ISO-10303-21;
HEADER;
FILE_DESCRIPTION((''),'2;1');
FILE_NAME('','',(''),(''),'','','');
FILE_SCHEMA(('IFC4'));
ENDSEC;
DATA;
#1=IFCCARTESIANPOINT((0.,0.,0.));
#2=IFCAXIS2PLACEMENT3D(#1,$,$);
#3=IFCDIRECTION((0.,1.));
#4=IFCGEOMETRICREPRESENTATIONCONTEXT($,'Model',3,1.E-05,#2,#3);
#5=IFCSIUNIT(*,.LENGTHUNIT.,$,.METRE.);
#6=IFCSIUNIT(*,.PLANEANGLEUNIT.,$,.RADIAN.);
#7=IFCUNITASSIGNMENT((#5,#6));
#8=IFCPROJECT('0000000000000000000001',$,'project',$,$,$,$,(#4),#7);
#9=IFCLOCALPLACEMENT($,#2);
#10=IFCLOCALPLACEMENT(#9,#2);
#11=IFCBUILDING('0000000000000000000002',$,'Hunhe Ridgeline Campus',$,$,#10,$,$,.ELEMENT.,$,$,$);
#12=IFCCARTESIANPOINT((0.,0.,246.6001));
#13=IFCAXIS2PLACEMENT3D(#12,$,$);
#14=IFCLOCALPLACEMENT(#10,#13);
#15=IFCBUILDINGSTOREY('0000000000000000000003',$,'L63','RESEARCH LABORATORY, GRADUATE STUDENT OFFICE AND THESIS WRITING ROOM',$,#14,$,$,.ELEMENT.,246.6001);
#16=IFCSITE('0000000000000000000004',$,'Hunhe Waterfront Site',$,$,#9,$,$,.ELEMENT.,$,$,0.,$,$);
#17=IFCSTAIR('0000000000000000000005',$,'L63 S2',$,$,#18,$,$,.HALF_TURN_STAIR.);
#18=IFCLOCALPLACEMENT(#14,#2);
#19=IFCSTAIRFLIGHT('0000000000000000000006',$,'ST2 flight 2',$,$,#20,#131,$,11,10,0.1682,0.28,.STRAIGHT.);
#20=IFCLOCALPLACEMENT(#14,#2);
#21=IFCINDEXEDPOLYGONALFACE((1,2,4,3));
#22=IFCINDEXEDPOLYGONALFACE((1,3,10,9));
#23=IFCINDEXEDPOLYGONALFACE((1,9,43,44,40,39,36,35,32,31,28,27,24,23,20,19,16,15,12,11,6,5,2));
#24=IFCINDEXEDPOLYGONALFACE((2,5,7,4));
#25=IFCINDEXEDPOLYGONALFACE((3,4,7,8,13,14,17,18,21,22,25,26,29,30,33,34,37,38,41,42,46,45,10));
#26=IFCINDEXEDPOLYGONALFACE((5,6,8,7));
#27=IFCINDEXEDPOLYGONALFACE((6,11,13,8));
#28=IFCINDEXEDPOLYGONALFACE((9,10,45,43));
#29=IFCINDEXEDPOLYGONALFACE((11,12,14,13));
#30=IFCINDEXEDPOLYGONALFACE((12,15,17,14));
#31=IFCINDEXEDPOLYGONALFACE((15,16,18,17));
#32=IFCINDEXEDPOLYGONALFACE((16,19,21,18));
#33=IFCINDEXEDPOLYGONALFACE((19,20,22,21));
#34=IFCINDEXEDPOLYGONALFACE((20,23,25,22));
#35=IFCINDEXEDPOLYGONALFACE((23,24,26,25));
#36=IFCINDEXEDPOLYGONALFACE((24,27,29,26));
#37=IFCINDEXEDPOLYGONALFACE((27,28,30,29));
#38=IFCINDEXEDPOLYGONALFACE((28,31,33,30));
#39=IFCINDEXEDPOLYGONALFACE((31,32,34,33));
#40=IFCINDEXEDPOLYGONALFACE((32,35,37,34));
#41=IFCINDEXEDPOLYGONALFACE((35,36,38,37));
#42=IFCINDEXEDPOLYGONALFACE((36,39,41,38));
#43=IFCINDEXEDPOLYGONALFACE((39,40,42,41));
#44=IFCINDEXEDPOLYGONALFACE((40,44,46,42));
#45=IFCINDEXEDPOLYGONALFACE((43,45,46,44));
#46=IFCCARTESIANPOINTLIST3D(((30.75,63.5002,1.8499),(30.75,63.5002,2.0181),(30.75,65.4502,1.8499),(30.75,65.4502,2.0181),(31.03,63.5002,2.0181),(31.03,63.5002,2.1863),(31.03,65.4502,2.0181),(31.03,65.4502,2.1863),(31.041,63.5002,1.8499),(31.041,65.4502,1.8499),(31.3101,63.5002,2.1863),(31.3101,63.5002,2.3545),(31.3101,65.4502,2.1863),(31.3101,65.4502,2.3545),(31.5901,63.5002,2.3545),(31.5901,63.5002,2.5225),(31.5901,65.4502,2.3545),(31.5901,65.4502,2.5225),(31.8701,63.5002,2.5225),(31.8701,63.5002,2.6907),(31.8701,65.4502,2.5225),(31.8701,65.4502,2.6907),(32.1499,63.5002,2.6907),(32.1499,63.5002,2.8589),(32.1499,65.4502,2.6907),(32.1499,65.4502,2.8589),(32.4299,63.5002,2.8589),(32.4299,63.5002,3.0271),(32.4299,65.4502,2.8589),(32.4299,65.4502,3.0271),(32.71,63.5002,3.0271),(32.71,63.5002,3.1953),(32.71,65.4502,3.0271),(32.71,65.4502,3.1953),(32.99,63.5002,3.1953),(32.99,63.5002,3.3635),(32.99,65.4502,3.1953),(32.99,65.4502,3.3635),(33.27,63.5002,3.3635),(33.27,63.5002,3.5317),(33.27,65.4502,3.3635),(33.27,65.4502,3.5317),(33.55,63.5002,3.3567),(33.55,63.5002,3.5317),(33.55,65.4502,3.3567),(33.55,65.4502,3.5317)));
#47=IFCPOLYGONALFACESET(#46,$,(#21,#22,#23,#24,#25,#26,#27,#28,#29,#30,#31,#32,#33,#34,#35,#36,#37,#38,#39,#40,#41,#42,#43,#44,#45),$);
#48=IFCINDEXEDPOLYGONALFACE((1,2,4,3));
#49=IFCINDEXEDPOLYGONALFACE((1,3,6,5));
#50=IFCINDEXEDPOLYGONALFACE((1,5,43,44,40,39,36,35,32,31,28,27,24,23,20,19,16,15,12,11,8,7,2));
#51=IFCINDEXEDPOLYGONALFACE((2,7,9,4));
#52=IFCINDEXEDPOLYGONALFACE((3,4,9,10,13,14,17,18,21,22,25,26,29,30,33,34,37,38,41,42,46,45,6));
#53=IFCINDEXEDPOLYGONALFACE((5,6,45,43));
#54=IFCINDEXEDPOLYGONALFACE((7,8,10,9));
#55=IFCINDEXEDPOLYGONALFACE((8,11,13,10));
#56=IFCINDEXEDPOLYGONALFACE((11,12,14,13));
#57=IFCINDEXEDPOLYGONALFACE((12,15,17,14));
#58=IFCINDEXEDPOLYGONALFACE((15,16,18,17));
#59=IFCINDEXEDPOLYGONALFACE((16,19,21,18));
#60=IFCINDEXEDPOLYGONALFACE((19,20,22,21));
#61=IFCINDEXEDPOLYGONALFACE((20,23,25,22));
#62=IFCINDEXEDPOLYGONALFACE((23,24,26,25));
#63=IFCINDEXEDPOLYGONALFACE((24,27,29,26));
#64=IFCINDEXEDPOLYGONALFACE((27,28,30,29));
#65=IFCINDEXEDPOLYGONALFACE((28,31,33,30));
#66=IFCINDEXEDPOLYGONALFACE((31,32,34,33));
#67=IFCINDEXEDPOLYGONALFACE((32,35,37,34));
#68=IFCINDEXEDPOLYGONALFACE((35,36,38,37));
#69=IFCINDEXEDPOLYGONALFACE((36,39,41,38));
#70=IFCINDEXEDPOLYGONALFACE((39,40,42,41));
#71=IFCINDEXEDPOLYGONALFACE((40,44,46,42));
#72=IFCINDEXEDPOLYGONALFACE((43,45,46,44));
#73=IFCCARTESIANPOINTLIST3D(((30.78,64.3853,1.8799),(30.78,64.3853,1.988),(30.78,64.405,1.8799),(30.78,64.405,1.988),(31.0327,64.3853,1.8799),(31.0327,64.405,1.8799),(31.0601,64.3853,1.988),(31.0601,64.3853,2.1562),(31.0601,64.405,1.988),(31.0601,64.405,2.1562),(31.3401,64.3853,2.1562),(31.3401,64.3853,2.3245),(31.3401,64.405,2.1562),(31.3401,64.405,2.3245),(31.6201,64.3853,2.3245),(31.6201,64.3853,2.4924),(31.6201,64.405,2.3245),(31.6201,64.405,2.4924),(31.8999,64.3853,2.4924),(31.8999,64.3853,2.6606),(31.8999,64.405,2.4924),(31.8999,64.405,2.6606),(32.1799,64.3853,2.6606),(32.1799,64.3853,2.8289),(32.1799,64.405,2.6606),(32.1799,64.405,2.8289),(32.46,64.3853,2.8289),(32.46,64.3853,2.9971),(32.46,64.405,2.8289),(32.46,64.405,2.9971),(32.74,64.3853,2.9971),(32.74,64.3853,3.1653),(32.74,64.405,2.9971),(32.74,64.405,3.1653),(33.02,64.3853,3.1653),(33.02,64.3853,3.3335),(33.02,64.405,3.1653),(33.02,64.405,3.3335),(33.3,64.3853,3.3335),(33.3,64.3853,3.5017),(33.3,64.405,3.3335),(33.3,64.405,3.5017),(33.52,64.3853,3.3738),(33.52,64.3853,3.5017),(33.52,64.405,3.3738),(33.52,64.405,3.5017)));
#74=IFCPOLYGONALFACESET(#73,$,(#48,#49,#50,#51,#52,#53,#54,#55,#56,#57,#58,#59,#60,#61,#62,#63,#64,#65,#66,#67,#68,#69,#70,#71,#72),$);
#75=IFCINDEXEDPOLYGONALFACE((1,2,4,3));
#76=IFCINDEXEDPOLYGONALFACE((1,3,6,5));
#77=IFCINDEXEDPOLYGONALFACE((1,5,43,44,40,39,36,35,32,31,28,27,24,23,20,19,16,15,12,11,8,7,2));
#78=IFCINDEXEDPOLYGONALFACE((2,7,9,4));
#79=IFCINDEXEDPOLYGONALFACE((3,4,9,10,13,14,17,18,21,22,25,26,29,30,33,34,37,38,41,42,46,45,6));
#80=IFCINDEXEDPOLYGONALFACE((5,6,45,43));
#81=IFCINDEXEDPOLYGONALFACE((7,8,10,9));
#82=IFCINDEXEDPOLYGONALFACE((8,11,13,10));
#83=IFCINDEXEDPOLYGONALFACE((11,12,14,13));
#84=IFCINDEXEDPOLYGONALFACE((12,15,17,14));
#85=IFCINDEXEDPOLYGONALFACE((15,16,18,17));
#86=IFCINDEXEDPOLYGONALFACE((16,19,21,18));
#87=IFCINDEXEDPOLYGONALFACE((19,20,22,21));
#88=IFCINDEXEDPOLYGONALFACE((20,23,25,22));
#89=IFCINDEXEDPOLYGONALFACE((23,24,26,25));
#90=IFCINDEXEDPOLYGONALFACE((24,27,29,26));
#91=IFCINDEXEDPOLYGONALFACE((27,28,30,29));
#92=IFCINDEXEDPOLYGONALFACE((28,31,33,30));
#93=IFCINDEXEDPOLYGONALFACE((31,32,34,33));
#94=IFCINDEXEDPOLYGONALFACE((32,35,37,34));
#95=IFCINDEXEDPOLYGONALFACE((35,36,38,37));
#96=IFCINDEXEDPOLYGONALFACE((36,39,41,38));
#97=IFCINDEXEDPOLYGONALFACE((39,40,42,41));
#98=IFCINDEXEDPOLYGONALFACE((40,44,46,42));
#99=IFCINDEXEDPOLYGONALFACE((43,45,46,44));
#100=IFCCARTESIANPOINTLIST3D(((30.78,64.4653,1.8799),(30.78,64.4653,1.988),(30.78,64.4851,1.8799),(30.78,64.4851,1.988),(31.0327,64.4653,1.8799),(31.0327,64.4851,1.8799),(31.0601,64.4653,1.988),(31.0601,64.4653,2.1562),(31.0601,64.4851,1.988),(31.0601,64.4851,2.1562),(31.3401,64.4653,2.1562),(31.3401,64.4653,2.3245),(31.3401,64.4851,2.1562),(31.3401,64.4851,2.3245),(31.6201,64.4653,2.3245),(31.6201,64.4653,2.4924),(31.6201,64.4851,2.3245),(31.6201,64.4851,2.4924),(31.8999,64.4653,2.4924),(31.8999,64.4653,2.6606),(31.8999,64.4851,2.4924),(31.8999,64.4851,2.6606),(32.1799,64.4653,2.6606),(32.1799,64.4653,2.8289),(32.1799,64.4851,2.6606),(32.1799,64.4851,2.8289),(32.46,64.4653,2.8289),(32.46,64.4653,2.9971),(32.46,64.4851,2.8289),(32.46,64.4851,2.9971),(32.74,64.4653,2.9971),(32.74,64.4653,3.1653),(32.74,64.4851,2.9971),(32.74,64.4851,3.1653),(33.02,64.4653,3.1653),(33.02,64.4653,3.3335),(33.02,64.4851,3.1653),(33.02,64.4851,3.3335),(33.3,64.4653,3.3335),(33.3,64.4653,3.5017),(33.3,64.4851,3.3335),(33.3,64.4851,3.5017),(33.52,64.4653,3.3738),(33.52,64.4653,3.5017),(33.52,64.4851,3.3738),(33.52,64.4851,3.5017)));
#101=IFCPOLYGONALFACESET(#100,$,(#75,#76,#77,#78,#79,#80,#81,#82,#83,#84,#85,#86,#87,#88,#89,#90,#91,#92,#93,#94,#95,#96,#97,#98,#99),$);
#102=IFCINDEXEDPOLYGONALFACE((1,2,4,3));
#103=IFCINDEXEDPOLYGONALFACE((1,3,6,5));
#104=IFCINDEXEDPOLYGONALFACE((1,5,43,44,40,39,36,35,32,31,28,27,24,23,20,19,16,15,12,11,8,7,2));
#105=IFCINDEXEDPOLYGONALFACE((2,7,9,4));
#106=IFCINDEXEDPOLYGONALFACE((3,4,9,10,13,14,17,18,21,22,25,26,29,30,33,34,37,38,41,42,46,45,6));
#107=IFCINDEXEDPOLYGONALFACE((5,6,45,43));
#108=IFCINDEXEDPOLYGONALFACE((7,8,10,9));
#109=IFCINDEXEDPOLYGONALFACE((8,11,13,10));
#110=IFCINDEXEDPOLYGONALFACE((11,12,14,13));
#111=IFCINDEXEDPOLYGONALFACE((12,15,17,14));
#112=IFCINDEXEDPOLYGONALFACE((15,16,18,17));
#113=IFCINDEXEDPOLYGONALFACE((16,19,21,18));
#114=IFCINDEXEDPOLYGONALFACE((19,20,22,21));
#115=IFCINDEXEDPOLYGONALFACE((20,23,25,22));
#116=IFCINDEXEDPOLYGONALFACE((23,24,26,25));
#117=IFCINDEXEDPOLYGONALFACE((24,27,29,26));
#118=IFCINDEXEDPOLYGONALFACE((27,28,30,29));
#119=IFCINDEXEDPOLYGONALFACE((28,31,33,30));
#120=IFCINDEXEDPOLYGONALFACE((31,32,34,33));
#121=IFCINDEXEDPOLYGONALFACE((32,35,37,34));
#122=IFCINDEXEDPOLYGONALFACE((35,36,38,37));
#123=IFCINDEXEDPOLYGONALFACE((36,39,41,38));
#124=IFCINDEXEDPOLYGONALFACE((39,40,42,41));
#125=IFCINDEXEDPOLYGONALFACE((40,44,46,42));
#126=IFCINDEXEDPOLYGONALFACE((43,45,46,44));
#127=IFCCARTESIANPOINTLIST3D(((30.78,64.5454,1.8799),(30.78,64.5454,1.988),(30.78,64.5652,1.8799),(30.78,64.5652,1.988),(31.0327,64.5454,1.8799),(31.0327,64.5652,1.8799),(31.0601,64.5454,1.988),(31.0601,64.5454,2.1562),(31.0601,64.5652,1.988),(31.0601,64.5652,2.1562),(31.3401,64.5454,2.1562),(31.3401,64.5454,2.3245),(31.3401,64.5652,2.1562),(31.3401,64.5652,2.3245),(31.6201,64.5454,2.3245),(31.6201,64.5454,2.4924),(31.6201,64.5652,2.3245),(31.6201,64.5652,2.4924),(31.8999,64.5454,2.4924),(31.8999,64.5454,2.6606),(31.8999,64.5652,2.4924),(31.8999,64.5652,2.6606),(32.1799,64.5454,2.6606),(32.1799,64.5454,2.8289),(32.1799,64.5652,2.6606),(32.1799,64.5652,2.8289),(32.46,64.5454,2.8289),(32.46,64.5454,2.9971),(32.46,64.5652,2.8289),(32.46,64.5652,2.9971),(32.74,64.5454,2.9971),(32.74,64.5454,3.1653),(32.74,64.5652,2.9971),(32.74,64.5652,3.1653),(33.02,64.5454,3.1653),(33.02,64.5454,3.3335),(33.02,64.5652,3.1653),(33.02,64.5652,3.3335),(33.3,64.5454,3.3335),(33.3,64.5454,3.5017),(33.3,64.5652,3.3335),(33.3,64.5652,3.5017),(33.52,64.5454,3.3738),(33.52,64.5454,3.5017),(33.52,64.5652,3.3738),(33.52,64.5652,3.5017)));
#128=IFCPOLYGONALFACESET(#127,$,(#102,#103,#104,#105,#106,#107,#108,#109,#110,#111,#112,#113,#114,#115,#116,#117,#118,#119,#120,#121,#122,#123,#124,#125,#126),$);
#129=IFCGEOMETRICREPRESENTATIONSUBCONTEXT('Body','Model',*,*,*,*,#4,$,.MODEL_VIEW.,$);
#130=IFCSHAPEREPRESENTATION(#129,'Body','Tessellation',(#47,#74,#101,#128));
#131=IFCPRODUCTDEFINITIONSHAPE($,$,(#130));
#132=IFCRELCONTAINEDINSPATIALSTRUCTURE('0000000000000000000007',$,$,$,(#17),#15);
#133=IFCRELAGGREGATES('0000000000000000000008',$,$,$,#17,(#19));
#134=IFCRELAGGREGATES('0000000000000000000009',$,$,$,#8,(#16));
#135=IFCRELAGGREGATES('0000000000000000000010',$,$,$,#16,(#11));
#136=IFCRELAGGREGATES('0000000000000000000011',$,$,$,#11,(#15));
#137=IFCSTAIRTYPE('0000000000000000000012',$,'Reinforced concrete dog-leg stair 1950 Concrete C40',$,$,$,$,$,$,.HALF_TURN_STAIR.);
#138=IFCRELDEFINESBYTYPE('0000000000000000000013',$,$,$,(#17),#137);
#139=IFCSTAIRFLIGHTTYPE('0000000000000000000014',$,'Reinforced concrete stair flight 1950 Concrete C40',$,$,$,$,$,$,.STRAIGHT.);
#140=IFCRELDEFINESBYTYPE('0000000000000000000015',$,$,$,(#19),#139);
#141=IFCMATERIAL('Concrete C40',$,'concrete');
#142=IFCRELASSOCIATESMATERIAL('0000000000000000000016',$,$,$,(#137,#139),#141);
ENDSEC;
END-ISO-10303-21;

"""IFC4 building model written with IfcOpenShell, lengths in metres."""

from ifc_helpers import new_model, si_unit, direction, frame, origin, place, context, subcontext, project, spatial, polyline, outline, extrude, material, type_object, element, aggregate, save


model = new_model("IFC4")

# Units and contexts
model_context = context("Model", 3, precision=1e-05, world=origin(), true_north=direction((0.0, 1.0)))
body_context = subcontext(model_context, "Body", "Model", "MODEL_VIEW")
ifc_project = project(units=[si_unit("LENGTHUNIT", "METRE"), si_unit("PLANEANGLEUNIT", "RADIAN")], contexts=[model_context])

# Site, building, storey
site_placement = place(None, origin())
site = spatial("IfcSite", under=ifc_project, at=site_placement, Name="Hunhe Waterfront Site", CompositionType="ELEMENT", RefElevation=0.0)
building_placement = place(site_placement, origin())
building = spatial("IfcBuilding", under=site, at=building_placement, Name="Hunhe Ridgeline Campus", CompositionType="ELEMENT")
storey_placement = place(building_placement, frame((0.0, 0.0, 246.6001)))
storey = spatial("IfcBuildingStorey", under=building, at=storey_placement, Name="L63", Description="RESEARCH LABORATORY, GRADUATE STUDENT OFFICE AND THESIS WRITING ROOM", CompositionType="ELEMENT", Elevation=246.6001)

# Stair, stair flight
ifc_material_1 = material(Name="Concrete C40", Category="concrete")
stair_type = type_object("IfcStairType", Name="Reinforced concrete dog-leg stair 1950 Concrete C40", PredefinedType="HALF_TURN_STAIR", material=ifc_material_1)
stair_placement = place(storey_placement, origin())
stair = element("IfcStair", 1, at=stair_placement, inside=storey, type_object=stair_type, Name="L63 S2", PredefinedType="HALF_TURN_STAIR")
stair_flight_type = type_object("IfcStairFlightType", Name="Reinforced concrete stair flight 1950 Concrete C40", PredefinedType="STRAIGHT", material=ifc_material_1)
stair_flight_1_placement = place(storey_placement, frame((30.75, 64.4751, 1.8499), z_axis=(0.0, 0.0, 1.0), x_axis=(1.0, 0.0, 0.0)))
stair_flight_1 = element("IfcStairFlight", 2, at=stair_flight_1_placement, type_object=stair_flight_type, Name="ST2 flight 2", NumberOfRisers=11, NumberOfTreads=10, PredefinedType="STRAIGHT", RiserHeight=0.1682, TreadLength=0.28, context=body_context, shape_type="SweptSolid", body=[
    extrude(outline(polyline([(0.0, 0.0), (0.0, 0.1682), (0.28, 0.1682), (0.28, 0.3364), (0.5601, 0.3364), (0.5601, 0.5046), (0.8401, 0.5046), (0.8401, 0.6726), (1.1201, 0.6726), (1.1201, 0.8408), (1.3999, 0.8408), (1.3999, 1.009), (1.6799, 1.009), (1.6799, 1.1772), (1.96, 1.1772), (1.96, 1.3455), (2.24, 1.3455), (2.24, 1.5137), (2.52, 1.5137), (2.52, 1.6819), (2.8, 1.6819), (2.8, 1.8501), (2.8, 1.5068), (0.291, 0.0), (0.0, 0.0)])), frame((0.0, 0.9751, 0.0), z_axis=(0.0, -1.0, 0.0), x_axis=(1.0, 0.0, 0.0)), (0.0, 0.0, 1.0), 1.95),
    extrude(outline(polyline([(0.03, 0.03), (0.03, 0.1382), (0.3101, 0.1382), (0.3101, 0.3064), (0.5901, 0.3064), (0.5901, 0.4746), (0.8701, 0.4746), (0.8701, 0.6426), (1.1499, 0.6426), (1.1499, 0.8108), (1.4299, 0.8108), (1.4299, 0.979), (1.71, 0.979), (1.71, 1.1472), (1.99, 1.1472), (1.99, 1.3154), (2.27, 1.3154), (2.27, 1.4836), (2.55, 1.4836), (2.55, 1.6519), (2.77, 1.6519), (2.77, 1.5239), (0.2827, 0.03), (0.03, 0.03)])), frame((0.0, -0.0701, 0.0), z_axis=(0.0, -1.0, 0.0), x_axis=(1.0, 0.0, 0.0)), (0.0, 0.0, 1.0), 0.0198),
    extrude(outline(polyline([(0.03, 0.03), (0.03, 0.1382), (0.3101, 0.1382), (0.3101, 0.3064), (0.5901, 0.3064), (0.5901, 0.4746), (0.8701, 0.4746), (0.8701, 0.6426), (1.1499, 0.6426), (1.1499, 0.8108), (1.4299, 0.8108), (1.4299, 0.979), (1.71, 0.979), (1.71, 1.1472), (1.99, 1.1472), (1.99, 1.3154), (2.27, 1.3154), (2.27, 1.4836), (2.55, 1.4836), (2.55, 1.6519), (2.77, 1.6519), (2.77, 1.5239), (0.2827, 0.03), (0.03, 0.03)])), frame((0.0, 0.01, 0.0), z_axis=(0.0, -1.0, 0.0), x_axis=(1.0, 0.0, 0.0)), (0.0, 0.0, 1.0), 0.0198),
    extrude(outline(polyline([(0.03, 0.03), (0.03, 0.1382), (0.3101, 0.1382), (0.3101, 0.3064), (0.5901, 0.3064), (0.5901, 0.4746), (0.8701, 0.4746), (0.8701, 0.6426), (1.1499, 0.6426), (1.1499, 0.8108), (1.4299, 0.8108), (1.4299, 0.979), (1.71, 0.979), (1.71, 1.1472), (1.99, 1.1472), (1.99, 1.3154), (2.27, 1.3154), (2.27, 1.4836), (2.55, 1.4836), (2.55, 1.6519), (2.77, 1.6519), (2.77, 1.5239), (0.2827, 0.03), (0.03, 0.03)])), frame((0.0, 0.0901, 0.0), z_axis=(0.0, -1.0, 0.0), x_axis=(1.0, 0.0, 0.0)), (0.0, 0.0, 1.0), 0.0198),
])
aggregate(stair, [stair_flight_1])

save(model, "model.ifc")
